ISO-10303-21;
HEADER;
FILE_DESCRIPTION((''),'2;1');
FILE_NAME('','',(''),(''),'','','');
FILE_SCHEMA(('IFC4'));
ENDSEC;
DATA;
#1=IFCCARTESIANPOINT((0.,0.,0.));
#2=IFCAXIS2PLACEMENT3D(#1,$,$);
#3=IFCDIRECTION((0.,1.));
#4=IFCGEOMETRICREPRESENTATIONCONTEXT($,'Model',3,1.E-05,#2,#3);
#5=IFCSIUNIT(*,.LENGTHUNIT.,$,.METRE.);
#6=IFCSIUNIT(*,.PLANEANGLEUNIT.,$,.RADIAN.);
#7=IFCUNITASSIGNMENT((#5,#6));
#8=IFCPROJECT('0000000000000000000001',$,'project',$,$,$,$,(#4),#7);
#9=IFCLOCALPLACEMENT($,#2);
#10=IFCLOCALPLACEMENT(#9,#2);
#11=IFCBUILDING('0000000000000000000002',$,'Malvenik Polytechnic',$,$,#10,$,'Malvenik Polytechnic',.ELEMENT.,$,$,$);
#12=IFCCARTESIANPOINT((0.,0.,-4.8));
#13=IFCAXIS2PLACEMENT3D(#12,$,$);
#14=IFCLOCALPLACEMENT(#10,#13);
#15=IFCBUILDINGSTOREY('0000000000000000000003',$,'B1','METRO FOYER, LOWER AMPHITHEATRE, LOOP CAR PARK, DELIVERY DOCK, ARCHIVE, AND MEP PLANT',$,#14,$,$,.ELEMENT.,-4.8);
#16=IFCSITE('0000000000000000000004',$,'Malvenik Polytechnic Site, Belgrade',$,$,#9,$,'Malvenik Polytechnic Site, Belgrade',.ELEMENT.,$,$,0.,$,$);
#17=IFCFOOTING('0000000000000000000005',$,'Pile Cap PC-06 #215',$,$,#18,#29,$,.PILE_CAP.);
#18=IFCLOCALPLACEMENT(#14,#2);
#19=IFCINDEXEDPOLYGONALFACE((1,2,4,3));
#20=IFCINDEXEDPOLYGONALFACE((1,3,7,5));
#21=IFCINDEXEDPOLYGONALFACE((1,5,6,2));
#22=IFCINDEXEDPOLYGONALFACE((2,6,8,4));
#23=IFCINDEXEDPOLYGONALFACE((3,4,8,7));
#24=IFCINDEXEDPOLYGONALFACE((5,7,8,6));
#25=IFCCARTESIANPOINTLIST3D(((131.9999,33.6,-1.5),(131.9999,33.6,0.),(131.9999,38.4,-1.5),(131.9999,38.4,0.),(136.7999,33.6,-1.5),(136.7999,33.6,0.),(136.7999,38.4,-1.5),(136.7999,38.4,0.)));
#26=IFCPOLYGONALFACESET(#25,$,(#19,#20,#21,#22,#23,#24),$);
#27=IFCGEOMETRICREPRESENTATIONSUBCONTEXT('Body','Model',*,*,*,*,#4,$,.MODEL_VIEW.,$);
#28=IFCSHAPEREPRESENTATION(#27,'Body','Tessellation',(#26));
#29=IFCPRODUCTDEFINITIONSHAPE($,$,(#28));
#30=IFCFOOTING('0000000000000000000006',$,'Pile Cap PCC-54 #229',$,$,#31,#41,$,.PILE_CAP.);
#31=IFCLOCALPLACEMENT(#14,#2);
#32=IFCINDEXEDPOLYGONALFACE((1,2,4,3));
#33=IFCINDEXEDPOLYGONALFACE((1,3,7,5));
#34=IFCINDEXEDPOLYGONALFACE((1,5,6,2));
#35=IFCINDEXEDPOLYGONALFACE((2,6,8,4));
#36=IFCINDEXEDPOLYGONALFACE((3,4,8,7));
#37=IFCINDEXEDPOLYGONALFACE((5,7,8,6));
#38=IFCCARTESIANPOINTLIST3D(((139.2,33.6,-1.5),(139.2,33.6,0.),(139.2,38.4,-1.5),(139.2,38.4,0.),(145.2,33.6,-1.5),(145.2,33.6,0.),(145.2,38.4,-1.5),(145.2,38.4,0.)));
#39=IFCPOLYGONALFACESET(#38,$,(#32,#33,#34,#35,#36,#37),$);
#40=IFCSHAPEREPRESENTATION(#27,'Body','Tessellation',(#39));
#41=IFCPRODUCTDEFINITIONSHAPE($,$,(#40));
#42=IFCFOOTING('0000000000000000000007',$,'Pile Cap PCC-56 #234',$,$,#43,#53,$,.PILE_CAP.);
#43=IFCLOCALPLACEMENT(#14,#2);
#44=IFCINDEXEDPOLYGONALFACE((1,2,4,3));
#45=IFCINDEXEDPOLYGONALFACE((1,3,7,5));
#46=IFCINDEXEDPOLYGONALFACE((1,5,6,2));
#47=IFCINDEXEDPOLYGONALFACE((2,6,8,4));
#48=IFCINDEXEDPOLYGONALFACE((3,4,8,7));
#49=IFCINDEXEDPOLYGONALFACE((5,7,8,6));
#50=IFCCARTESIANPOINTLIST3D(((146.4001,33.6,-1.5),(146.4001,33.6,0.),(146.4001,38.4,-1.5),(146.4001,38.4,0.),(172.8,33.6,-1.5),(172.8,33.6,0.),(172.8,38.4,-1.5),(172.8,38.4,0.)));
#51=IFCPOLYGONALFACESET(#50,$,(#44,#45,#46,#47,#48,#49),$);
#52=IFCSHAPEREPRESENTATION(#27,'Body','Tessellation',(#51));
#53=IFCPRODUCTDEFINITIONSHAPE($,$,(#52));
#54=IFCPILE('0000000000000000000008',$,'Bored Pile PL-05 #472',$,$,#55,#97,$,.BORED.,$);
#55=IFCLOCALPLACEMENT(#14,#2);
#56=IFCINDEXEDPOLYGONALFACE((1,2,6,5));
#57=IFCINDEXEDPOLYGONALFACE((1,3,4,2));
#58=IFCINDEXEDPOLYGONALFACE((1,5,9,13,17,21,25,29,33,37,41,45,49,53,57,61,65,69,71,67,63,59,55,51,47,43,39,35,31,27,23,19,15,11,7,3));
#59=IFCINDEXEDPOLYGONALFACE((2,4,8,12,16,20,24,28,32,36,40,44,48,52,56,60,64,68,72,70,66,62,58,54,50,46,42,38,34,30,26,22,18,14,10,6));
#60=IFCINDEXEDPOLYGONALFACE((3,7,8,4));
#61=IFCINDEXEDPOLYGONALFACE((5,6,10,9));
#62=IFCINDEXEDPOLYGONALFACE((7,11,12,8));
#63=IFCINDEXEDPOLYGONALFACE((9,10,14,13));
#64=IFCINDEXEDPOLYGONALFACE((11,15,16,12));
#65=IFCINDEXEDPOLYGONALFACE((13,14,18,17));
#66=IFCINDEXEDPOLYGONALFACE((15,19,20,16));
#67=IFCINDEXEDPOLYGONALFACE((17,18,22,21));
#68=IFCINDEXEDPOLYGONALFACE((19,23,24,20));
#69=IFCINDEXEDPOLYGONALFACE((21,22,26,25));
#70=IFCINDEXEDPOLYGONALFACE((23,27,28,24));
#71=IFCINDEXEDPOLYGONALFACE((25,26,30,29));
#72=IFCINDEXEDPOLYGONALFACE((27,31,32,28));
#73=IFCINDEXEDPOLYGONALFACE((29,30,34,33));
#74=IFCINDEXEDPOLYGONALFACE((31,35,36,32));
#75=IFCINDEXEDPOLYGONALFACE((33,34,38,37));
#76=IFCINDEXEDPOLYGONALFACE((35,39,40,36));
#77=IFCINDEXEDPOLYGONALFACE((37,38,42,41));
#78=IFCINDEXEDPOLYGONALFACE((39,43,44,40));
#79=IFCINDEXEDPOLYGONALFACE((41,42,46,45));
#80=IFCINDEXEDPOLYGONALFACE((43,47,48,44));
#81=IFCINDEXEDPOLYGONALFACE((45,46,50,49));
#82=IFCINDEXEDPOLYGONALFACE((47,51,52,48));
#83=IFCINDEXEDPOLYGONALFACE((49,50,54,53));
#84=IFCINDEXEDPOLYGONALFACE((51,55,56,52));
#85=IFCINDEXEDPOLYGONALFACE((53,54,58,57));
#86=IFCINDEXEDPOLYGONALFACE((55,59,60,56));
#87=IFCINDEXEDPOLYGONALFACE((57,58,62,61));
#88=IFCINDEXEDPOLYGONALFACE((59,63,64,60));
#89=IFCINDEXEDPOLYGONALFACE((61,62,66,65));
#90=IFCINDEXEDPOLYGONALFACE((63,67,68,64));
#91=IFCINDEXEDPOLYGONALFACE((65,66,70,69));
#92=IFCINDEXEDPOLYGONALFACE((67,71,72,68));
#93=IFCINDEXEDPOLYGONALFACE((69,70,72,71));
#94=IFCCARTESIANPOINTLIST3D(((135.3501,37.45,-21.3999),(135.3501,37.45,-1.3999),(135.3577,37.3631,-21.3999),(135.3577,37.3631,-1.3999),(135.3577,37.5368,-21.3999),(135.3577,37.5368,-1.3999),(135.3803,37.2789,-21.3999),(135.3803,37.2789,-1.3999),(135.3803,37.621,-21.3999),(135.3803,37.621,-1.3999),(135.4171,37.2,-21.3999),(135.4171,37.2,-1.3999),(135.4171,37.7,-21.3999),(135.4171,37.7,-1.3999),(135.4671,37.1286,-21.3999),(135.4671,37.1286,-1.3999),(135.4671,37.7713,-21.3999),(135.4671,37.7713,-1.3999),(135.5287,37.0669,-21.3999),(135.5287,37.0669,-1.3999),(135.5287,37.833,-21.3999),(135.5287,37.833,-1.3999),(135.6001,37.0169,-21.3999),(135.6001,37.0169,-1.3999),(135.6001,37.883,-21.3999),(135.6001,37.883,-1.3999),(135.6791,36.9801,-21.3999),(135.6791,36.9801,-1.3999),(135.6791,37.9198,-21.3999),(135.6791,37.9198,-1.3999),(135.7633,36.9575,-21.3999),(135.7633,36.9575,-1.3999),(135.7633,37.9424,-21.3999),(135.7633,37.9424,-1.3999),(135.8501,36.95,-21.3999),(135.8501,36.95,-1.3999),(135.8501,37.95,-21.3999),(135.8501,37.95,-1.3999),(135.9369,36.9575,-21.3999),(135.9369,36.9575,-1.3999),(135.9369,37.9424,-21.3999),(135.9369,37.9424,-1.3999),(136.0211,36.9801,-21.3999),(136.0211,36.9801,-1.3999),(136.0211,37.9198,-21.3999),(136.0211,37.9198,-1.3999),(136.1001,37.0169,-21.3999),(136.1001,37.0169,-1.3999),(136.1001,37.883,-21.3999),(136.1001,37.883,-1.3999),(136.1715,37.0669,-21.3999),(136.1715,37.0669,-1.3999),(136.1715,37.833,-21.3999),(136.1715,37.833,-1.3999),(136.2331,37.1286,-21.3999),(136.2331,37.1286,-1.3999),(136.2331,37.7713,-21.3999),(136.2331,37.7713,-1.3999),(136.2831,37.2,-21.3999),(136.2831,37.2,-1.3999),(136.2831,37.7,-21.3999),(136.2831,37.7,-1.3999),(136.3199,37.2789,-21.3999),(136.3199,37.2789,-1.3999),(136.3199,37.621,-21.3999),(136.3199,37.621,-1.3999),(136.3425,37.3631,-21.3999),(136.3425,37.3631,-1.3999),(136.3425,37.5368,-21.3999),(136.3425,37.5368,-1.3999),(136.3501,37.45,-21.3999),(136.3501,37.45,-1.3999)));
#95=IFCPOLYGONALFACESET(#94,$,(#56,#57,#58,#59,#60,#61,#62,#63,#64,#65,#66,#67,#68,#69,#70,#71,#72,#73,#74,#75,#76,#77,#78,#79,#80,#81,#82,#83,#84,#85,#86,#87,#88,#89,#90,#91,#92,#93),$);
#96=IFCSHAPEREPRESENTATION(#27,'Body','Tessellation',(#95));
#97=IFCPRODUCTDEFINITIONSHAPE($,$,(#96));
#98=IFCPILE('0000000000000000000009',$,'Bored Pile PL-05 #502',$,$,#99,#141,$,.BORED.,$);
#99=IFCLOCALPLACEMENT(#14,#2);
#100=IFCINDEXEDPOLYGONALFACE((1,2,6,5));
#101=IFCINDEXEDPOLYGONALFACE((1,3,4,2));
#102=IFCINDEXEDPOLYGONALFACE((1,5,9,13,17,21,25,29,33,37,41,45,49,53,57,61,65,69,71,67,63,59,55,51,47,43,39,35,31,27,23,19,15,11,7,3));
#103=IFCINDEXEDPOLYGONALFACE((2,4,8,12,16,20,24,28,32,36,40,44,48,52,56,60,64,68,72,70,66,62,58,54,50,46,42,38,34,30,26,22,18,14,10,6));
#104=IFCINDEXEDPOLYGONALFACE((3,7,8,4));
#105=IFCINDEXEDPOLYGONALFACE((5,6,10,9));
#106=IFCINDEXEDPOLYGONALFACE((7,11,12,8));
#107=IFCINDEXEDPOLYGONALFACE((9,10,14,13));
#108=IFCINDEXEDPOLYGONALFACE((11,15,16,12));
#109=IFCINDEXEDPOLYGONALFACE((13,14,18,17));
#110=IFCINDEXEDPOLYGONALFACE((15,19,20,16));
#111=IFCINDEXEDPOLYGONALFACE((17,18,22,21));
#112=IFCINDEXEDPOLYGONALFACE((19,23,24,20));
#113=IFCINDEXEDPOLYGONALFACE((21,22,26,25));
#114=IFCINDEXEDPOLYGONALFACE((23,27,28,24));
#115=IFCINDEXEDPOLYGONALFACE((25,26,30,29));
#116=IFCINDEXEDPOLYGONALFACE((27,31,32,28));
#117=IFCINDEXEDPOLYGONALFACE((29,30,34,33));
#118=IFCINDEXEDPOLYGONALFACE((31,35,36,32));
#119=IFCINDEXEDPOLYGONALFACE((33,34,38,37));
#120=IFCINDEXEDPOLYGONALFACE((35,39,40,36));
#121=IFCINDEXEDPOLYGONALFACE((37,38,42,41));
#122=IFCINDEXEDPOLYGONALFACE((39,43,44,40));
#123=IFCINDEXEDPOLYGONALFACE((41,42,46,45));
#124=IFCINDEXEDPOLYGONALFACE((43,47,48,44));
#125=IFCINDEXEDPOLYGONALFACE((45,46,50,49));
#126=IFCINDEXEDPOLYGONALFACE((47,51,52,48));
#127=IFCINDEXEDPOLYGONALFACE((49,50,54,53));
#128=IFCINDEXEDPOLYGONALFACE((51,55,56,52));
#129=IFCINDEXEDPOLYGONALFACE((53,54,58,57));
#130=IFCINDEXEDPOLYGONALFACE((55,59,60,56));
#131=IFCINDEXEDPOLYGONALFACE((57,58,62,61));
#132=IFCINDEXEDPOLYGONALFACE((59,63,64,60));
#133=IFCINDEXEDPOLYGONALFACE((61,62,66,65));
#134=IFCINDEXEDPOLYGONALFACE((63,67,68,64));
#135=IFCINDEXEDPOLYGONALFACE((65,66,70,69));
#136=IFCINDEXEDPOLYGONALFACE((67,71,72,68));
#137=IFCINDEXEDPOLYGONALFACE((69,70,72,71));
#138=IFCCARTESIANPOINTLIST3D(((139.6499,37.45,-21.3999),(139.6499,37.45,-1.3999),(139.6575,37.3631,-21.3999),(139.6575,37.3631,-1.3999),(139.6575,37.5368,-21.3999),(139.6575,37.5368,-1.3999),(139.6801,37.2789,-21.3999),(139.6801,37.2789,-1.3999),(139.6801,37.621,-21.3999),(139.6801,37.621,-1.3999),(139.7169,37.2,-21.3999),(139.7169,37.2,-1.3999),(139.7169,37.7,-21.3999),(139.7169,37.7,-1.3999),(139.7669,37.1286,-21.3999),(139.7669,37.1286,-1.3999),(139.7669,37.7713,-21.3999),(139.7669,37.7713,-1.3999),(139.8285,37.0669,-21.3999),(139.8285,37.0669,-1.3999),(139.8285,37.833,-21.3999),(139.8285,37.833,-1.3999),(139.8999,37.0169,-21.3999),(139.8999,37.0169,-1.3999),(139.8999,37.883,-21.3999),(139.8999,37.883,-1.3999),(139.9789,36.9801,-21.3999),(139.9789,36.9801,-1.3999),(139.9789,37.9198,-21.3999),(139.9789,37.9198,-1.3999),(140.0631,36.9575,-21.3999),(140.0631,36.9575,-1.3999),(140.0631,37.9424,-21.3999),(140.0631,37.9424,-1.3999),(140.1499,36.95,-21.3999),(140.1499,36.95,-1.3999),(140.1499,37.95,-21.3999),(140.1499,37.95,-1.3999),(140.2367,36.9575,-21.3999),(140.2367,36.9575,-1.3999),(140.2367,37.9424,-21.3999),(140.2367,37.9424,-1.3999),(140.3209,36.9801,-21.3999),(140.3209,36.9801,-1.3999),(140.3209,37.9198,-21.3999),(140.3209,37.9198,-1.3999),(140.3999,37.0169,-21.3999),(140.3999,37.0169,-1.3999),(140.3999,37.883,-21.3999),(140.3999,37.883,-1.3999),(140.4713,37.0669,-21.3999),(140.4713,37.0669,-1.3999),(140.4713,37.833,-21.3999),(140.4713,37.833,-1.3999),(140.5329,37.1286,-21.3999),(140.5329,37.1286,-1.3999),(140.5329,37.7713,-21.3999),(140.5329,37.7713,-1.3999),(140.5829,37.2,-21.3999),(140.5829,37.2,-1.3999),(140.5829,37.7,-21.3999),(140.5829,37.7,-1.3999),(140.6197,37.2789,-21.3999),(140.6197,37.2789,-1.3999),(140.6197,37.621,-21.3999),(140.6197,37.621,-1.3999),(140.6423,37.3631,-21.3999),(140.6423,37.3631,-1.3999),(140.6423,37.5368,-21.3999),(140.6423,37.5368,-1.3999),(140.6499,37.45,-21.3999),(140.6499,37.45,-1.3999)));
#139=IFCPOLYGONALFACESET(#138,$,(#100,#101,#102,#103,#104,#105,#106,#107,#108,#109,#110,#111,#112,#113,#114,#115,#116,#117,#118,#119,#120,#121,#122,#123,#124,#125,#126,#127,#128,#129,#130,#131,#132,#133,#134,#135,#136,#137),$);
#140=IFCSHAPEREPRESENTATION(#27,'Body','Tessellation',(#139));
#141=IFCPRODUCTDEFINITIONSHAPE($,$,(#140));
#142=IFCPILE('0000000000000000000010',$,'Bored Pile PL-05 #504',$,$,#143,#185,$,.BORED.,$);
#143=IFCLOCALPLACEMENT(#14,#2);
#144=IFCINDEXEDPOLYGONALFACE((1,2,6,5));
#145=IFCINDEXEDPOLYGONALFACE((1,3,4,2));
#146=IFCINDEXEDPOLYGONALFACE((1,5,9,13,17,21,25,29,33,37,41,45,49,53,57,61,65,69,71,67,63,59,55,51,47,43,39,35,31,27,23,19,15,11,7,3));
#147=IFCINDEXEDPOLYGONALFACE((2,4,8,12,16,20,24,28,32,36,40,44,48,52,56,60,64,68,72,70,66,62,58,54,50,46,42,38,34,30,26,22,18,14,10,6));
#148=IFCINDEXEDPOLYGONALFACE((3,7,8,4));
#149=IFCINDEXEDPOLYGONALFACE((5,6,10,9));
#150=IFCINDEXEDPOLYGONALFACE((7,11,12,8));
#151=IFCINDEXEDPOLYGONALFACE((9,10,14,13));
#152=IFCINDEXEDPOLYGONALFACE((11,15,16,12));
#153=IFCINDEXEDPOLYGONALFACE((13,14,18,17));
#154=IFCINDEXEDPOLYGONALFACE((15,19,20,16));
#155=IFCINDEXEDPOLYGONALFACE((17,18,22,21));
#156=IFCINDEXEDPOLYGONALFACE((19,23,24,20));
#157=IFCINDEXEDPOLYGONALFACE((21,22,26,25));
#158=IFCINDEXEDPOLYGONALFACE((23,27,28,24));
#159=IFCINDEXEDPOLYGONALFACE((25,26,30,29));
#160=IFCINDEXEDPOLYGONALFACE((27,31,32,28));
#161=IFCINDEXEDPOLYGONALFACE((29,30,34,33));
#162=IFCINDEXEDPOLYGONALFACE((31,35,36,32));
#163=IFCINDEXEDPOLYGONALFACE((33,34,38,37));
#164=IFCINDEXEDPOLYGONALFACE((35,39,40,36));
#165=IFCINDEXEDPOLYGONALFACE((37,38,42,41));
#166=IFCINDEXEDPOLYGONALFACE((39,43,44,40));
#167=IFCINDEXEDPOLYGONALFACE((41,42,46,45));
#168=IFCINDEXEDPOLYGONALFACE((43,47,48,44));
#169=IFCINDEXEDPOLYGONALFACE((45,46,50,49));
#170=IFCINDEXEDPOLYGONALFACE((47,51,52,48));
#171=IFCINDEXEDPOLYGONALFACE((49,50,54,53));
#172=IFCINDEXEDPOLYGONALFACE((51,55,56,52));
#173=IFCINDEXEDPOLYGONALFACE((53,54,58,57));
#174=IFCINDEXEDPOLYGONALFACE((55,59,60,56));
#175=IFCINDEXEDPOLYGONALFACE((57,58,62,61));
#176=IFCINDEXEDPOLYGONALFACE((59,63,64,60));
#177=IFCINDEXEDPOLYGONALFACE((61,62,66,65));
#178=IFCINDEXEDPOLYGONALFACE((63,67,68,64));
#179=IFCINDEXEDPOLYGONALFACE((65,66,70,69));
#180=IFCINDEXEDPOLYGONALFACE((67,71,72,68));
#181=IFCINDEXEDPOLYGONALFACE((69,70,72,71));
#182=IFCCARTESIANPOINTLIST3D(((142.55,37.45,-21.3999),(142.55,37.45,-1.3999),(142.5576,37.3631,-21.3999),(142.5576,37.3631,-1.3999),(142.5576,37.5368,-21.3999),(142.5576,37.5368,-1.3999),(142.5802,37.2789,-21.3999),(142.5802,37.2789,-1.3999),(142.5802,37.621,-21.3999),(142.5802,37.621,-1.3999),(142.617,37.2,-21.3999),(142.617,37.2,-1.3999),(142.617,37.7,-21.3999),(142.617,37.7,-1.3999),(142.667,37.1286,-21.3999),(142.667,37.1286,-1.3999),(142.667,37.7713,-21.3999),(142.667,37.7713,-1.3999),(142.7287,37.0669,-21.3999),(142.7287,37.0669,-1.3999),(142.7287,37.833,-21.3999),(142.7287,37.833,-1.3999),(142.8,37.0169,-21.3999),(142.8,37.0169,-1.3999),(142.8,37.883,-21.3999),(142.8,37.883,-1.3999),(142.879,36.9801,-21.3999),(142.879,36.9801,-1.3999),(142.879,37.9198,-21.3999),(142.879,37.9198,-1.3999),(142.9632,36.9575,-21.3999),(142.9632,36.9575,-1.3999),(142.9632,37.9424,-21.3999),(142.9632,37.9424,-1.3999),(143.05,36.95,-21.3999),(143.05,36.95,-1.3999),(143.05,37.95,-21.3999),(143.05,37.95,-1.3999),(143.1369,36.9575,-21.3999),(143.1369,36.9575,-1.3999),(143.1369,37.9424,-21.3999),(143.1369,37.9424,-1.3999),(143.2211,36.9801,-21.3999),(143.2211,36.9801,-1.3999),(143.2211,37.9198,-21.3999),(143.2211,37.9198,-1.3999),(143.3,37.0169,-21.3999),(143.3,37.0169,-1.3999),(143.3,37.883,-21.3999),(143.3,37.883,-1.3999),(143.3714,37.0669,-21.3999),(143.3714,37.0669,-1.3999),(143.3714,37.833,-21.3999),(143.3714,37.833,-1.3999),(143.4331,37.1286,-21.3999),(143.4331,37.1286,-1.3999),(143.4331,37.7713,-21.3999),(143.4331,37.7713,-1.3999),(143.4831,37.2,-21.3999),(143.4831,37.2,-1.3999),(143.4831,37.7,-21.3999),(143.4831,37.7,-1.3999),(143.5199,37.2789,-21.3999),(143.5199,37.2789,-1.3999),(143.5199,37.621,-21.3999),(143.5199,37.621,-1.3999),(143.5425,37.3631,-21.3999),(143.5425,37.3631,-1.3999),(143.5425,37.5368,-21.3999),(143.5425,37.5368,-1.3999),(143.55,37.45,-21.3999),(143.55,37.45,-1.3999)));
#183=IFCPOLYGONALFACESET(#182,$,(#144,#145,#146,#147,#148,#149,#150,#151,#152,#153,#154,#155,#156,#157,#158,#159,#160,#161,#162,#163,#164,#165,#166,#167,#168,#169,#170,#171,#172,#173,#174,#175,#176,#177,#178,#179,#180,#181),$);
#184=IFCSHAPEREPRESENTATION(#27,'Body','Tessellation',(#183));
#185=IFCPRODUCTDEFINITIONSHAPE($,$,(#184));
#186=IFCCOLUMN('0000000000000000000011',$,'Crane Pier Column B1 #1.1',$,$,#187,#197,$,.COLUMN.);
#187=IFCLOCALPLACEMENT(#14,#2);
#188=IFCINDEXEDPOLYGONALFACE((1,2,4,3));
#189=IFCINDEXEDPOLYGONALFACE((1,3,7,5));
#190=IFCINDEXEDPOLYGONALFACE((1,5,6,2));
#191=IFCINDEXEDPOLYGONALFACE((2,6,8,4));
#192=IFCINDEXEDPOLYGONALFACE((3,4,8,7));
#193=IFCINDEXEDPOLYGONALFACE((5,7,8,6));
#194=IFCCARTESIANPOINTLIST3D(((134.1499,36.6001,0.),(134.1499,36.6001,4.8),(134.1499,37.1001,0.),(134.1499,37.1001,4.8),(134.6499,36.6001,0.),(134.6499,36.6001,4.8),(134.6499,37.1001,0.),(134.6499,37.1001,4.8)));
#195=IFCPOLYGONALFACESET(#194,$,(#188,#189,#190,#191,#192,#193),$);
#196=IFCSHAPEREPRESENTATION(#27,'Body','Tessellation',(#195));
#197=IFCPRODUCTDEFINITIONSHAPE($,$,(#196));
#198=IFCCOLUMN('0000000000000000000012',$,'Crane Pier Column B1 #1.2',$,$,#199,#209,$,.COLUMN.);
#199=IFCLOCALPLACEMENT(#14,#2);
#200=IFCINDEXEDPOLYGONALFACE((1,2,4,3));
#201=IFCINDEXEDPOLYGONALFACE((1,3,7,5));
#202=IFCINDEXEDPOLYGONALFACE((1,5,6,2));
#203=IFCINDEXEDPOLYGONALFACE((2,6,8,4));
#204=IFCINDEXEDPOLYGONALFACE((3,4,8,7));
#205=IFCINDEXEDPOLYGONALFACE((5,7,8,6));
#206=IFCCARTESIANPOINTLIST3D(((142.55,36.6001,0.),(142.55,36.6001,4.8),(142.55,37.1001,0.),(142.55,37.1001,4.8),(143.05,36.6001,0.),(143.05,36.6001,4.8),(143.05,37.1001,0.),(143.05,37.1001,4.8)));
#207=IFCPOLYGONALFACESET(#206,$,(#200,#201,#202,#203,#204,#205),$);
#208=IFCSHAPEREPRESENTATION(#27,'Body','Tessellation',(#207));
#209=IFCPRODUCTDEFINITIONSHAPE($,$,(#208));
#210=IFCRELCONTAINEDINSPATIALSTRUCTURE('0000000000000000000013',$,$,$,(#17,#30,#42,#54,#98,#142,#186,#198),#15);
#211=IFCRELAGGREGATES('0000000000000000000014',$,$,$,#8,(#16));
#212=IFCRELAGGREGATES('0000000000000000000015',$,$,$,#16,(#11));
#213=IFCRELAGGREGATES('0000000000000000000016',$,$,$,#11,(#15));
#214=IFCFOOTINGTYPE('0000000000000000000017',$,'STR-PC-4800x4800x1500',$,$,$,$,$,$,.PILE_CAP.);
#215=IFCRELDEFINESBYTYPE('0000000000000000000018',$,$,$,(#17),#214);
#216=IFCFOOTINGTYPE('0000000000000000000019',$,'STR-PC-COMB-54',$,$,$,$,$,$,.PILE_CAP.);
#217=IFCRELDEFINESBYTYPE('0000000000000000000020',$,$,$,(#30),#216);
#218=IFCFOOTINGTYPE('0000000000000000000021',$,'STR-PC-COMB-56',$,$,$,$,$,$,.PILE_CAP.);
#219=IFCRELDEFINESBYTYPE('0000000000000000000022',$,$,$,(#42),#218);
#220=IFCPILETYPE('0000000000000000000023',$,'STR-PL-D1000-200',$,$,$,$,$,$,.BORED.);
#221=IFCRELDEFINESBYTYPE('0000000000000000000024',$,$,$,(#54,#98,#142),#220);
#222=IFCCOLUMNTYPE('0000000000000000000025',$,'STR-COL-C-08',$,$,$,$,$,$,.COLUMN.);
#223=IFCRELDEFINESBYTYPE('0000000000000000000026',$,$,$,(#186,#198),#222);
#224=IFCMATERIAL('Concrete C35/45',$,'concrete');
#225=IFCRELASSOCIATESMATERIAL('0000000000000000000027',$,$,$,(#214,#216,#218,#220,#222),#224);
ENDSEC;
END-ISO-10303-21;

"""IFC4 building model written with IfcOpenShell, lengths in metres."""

from ifc_helpers import new_model, si_unit, direction, frame, origin, origin_2d, place, context, subcontext, project, spatial, rectangle, circle, extrude, material, material_profile, profile_set, type_object, element, save


model = new_model("IFC4")

# Units and contexts
model_context = context("Model", 3, precision=1e-05, world=origin(), true_north=direction((0.0, 1.0)))
body_context = subcontext(model_context, "Body", "Model", "MODEL_VIEW")
ifc_project = project(units=[si_unit("LENGTHUNIT", "METRE"), si_unit("PLANEANGLEUNIT", "RADIAN")], contexts=[model_context])

# Site, building, storey
site_placement = place(None, origin())
site = spatial("IfcSite", under=ifc_project, at=site_placement, Name="Malvenik Polytechnic Site, Belgrade", LongName="Malvenik Polytechnic Site, Belgrade", CompositionType="ELEMENT", RefElevation=0.0)
building_placement = place(site_placement, origin())
building = spatial("IfcBuilding", under=site, at=building_placement, Name="Malvenik Polytechnic", LongName="Malvenik Polytechnic", CompositionType="ELEMENT")
storey_placement = place(building_placement, frame((0.0, 0.0, -4.8)))
storey = spatial("IfcBuildingStorey", under=building, at=storey_placement, Name="B1", Description="METRO FOYER, LOWER AMPHITHEATRE, LOOP CAR PARK, DELIVERY DOCK, ARCHIVE, AND MEP PLANT", CompositionType="ELEMENT", Elevation=-4.8)

# Footings
ifc_material = material(Name="Concrete C35/45", Category="concrete")
footing_type_1 = type_object("IfcFootingType", Name="STR-PC-4800x4800x1500", PredefinedType="PILE_CAP", material=ifc_material)
footing_1_placement = place(storey_placement, frame((134.3999, 36.0, -1.5), z_axis=(0.0, 0.0, 1.0), x_axis=(1.0, 0.0, 0.0)))
element("IfcFooting", 1, at=footing_1_placement, inside=storey, type_object=footing_type_1, Name="Pile Cap PC-06 #215", PredefinedType="PILE_CAP", context=body_context, shape_type="SweptSolid", body=[
    extrude(rectangle(XDim=4.8, YDim=4.8, at=origin_2d()), origin(), (0.0, 0.0, 1.0), 1.5),
])
footing_type_2 = type_object("IfcFootingType", Name="STR-PC-COMB-54", PredefinedType="PILE_CAP", material=ifc_material)
footing_2_placement = place(storey_placement, frame((142.2, 36.0, -1.5), z_axis=(0.0, 0.0, 1.0), x_axis=(1.0, 0.0, 0.0)))
element("IfcFooting", 2, at=footing_2_placement, inside=storey, type_object=footing_type_2, Name="Pile Cap PCC-54 #229", PredefinedType="PILE_CAP", context=body_context, shape_type="SweptSolid", body=[
    extrude(rectangle(XDim=6.0, YDim=4.8, at=origin_2d()), origin(), (0.0, 0.0, 1.0), 1.5),
])
footing_type_3 = type_object("IfcFootingType", Name="STR-PC-COMB-56", PredefinedType="PILE_CAP", material=ifc_material)
footing_3_placement = place(storey_placement, frame((159.6001, 36.0, -1.5), z_axis=(0.0, 0.0, 1.0), x_axis=(1.0, 0.0, 0.0)))
element("IfcFooting", 3, at=footing_3_placement, inside=storey, type_object=footing_type_3, Name="Pile Cap PCC-56 #234", PredefinedType="PILE_CAP", context=body_context, shape_type="SweptSolid", body=[
    extrude(rectangle(XDim=26.3999, YDim=4.8, at=origin_2d()), origin(), (0.0, 0.0, 1.0), 1.5),
])

# Piles
ifc_material_profile_1 = material_profile(ifc_material, circle(Radius=0.5, at=origin_2d()), Name="BORED PILE D1000")
ifc_profile_set_1 = profile_set([ifc_material_profile_1], Name="Concrete C35/45")
pile_type = type_object("IfcPileType", Name="STR-PL-D1000-200", PredefinedType="BORED", material=ifc_profile_set_1)
for number, where, z_axis, x_axis, name in (
    (4, (135.8501, 37.45, -1.3999), (0.0, 0.0, -1.0), (1.0, 0.0, 0.0), "Bored Pile PL-05 #472"),
    (5, (140.1499, 37.45, -1.3999), (0.0, 0.0, -1.0), (1.0, 0.0, 0.0), "Bored Pile PL-05 #502"),
    (6, (143.05, 37.45, -1.3999), (0.0, 0.0, -1.0), (1.0, 0.0, 0.0), "Bored Pile PL-05 #504"),
):
    element("IfcPile", number, at=place(storey_placement, frame(where, z_axis=z_axis, x_axis=x_axis)), inside=storey, type_object=pile_type, Name=name, PredefinedType="BORED", context=body_context, shape_type="SweptSolid", body=[
        extrude(circle(Radius=0.5, at=origin_2d()), origin(), (0.0, 0.0, 1.0), 20.0),
    ])

# Columns
ifc_material_profile_2 = material_profile(ifc_material, rectangle(XDim=0.5, YDim=0.5, at=origin_2d()), Name="RC COL 500x500")
ifc_profile_set_2 = profile_set([ifc_material_profile_2], Name="Concrete C35/45")
column_type_1 = type_object("IfcColumnType", Name="STR-COL-C-08", PredefinedType="COLUMN", material=ifc_profile_set_2)
for number, where, z_axis, x_axis, name in (
    (7, (134.3999, 36.8501, 0.0), (0.0, 0.0, 1.0), (1.0, 0.0, 0.0), "Crane Pier Column B1 #1.1"),
    (8, (142.8, 36.8501, 0.0), (0.0, 0.0, 1.0), (1.0, 0.0, 0.0), "Crane Pier Column B1 #1.2"),
):
    element("IfcColumn", number, at=place(storey_placement, frame(where, z_axis=z_axis, x_axis=x_axis)), inside=storey, type_object=column_type_1, Name=name, PredefinedType="COLUMN", context=body_context, shape_type="SweptSolid", body=[
        extrude(rectangle(XDim=0.5, YDim=0.5, at=origin_2d()), origin(), (0.0, 0.0, 1.0), 4.8),
    ])

save(model, "model.ifc")
